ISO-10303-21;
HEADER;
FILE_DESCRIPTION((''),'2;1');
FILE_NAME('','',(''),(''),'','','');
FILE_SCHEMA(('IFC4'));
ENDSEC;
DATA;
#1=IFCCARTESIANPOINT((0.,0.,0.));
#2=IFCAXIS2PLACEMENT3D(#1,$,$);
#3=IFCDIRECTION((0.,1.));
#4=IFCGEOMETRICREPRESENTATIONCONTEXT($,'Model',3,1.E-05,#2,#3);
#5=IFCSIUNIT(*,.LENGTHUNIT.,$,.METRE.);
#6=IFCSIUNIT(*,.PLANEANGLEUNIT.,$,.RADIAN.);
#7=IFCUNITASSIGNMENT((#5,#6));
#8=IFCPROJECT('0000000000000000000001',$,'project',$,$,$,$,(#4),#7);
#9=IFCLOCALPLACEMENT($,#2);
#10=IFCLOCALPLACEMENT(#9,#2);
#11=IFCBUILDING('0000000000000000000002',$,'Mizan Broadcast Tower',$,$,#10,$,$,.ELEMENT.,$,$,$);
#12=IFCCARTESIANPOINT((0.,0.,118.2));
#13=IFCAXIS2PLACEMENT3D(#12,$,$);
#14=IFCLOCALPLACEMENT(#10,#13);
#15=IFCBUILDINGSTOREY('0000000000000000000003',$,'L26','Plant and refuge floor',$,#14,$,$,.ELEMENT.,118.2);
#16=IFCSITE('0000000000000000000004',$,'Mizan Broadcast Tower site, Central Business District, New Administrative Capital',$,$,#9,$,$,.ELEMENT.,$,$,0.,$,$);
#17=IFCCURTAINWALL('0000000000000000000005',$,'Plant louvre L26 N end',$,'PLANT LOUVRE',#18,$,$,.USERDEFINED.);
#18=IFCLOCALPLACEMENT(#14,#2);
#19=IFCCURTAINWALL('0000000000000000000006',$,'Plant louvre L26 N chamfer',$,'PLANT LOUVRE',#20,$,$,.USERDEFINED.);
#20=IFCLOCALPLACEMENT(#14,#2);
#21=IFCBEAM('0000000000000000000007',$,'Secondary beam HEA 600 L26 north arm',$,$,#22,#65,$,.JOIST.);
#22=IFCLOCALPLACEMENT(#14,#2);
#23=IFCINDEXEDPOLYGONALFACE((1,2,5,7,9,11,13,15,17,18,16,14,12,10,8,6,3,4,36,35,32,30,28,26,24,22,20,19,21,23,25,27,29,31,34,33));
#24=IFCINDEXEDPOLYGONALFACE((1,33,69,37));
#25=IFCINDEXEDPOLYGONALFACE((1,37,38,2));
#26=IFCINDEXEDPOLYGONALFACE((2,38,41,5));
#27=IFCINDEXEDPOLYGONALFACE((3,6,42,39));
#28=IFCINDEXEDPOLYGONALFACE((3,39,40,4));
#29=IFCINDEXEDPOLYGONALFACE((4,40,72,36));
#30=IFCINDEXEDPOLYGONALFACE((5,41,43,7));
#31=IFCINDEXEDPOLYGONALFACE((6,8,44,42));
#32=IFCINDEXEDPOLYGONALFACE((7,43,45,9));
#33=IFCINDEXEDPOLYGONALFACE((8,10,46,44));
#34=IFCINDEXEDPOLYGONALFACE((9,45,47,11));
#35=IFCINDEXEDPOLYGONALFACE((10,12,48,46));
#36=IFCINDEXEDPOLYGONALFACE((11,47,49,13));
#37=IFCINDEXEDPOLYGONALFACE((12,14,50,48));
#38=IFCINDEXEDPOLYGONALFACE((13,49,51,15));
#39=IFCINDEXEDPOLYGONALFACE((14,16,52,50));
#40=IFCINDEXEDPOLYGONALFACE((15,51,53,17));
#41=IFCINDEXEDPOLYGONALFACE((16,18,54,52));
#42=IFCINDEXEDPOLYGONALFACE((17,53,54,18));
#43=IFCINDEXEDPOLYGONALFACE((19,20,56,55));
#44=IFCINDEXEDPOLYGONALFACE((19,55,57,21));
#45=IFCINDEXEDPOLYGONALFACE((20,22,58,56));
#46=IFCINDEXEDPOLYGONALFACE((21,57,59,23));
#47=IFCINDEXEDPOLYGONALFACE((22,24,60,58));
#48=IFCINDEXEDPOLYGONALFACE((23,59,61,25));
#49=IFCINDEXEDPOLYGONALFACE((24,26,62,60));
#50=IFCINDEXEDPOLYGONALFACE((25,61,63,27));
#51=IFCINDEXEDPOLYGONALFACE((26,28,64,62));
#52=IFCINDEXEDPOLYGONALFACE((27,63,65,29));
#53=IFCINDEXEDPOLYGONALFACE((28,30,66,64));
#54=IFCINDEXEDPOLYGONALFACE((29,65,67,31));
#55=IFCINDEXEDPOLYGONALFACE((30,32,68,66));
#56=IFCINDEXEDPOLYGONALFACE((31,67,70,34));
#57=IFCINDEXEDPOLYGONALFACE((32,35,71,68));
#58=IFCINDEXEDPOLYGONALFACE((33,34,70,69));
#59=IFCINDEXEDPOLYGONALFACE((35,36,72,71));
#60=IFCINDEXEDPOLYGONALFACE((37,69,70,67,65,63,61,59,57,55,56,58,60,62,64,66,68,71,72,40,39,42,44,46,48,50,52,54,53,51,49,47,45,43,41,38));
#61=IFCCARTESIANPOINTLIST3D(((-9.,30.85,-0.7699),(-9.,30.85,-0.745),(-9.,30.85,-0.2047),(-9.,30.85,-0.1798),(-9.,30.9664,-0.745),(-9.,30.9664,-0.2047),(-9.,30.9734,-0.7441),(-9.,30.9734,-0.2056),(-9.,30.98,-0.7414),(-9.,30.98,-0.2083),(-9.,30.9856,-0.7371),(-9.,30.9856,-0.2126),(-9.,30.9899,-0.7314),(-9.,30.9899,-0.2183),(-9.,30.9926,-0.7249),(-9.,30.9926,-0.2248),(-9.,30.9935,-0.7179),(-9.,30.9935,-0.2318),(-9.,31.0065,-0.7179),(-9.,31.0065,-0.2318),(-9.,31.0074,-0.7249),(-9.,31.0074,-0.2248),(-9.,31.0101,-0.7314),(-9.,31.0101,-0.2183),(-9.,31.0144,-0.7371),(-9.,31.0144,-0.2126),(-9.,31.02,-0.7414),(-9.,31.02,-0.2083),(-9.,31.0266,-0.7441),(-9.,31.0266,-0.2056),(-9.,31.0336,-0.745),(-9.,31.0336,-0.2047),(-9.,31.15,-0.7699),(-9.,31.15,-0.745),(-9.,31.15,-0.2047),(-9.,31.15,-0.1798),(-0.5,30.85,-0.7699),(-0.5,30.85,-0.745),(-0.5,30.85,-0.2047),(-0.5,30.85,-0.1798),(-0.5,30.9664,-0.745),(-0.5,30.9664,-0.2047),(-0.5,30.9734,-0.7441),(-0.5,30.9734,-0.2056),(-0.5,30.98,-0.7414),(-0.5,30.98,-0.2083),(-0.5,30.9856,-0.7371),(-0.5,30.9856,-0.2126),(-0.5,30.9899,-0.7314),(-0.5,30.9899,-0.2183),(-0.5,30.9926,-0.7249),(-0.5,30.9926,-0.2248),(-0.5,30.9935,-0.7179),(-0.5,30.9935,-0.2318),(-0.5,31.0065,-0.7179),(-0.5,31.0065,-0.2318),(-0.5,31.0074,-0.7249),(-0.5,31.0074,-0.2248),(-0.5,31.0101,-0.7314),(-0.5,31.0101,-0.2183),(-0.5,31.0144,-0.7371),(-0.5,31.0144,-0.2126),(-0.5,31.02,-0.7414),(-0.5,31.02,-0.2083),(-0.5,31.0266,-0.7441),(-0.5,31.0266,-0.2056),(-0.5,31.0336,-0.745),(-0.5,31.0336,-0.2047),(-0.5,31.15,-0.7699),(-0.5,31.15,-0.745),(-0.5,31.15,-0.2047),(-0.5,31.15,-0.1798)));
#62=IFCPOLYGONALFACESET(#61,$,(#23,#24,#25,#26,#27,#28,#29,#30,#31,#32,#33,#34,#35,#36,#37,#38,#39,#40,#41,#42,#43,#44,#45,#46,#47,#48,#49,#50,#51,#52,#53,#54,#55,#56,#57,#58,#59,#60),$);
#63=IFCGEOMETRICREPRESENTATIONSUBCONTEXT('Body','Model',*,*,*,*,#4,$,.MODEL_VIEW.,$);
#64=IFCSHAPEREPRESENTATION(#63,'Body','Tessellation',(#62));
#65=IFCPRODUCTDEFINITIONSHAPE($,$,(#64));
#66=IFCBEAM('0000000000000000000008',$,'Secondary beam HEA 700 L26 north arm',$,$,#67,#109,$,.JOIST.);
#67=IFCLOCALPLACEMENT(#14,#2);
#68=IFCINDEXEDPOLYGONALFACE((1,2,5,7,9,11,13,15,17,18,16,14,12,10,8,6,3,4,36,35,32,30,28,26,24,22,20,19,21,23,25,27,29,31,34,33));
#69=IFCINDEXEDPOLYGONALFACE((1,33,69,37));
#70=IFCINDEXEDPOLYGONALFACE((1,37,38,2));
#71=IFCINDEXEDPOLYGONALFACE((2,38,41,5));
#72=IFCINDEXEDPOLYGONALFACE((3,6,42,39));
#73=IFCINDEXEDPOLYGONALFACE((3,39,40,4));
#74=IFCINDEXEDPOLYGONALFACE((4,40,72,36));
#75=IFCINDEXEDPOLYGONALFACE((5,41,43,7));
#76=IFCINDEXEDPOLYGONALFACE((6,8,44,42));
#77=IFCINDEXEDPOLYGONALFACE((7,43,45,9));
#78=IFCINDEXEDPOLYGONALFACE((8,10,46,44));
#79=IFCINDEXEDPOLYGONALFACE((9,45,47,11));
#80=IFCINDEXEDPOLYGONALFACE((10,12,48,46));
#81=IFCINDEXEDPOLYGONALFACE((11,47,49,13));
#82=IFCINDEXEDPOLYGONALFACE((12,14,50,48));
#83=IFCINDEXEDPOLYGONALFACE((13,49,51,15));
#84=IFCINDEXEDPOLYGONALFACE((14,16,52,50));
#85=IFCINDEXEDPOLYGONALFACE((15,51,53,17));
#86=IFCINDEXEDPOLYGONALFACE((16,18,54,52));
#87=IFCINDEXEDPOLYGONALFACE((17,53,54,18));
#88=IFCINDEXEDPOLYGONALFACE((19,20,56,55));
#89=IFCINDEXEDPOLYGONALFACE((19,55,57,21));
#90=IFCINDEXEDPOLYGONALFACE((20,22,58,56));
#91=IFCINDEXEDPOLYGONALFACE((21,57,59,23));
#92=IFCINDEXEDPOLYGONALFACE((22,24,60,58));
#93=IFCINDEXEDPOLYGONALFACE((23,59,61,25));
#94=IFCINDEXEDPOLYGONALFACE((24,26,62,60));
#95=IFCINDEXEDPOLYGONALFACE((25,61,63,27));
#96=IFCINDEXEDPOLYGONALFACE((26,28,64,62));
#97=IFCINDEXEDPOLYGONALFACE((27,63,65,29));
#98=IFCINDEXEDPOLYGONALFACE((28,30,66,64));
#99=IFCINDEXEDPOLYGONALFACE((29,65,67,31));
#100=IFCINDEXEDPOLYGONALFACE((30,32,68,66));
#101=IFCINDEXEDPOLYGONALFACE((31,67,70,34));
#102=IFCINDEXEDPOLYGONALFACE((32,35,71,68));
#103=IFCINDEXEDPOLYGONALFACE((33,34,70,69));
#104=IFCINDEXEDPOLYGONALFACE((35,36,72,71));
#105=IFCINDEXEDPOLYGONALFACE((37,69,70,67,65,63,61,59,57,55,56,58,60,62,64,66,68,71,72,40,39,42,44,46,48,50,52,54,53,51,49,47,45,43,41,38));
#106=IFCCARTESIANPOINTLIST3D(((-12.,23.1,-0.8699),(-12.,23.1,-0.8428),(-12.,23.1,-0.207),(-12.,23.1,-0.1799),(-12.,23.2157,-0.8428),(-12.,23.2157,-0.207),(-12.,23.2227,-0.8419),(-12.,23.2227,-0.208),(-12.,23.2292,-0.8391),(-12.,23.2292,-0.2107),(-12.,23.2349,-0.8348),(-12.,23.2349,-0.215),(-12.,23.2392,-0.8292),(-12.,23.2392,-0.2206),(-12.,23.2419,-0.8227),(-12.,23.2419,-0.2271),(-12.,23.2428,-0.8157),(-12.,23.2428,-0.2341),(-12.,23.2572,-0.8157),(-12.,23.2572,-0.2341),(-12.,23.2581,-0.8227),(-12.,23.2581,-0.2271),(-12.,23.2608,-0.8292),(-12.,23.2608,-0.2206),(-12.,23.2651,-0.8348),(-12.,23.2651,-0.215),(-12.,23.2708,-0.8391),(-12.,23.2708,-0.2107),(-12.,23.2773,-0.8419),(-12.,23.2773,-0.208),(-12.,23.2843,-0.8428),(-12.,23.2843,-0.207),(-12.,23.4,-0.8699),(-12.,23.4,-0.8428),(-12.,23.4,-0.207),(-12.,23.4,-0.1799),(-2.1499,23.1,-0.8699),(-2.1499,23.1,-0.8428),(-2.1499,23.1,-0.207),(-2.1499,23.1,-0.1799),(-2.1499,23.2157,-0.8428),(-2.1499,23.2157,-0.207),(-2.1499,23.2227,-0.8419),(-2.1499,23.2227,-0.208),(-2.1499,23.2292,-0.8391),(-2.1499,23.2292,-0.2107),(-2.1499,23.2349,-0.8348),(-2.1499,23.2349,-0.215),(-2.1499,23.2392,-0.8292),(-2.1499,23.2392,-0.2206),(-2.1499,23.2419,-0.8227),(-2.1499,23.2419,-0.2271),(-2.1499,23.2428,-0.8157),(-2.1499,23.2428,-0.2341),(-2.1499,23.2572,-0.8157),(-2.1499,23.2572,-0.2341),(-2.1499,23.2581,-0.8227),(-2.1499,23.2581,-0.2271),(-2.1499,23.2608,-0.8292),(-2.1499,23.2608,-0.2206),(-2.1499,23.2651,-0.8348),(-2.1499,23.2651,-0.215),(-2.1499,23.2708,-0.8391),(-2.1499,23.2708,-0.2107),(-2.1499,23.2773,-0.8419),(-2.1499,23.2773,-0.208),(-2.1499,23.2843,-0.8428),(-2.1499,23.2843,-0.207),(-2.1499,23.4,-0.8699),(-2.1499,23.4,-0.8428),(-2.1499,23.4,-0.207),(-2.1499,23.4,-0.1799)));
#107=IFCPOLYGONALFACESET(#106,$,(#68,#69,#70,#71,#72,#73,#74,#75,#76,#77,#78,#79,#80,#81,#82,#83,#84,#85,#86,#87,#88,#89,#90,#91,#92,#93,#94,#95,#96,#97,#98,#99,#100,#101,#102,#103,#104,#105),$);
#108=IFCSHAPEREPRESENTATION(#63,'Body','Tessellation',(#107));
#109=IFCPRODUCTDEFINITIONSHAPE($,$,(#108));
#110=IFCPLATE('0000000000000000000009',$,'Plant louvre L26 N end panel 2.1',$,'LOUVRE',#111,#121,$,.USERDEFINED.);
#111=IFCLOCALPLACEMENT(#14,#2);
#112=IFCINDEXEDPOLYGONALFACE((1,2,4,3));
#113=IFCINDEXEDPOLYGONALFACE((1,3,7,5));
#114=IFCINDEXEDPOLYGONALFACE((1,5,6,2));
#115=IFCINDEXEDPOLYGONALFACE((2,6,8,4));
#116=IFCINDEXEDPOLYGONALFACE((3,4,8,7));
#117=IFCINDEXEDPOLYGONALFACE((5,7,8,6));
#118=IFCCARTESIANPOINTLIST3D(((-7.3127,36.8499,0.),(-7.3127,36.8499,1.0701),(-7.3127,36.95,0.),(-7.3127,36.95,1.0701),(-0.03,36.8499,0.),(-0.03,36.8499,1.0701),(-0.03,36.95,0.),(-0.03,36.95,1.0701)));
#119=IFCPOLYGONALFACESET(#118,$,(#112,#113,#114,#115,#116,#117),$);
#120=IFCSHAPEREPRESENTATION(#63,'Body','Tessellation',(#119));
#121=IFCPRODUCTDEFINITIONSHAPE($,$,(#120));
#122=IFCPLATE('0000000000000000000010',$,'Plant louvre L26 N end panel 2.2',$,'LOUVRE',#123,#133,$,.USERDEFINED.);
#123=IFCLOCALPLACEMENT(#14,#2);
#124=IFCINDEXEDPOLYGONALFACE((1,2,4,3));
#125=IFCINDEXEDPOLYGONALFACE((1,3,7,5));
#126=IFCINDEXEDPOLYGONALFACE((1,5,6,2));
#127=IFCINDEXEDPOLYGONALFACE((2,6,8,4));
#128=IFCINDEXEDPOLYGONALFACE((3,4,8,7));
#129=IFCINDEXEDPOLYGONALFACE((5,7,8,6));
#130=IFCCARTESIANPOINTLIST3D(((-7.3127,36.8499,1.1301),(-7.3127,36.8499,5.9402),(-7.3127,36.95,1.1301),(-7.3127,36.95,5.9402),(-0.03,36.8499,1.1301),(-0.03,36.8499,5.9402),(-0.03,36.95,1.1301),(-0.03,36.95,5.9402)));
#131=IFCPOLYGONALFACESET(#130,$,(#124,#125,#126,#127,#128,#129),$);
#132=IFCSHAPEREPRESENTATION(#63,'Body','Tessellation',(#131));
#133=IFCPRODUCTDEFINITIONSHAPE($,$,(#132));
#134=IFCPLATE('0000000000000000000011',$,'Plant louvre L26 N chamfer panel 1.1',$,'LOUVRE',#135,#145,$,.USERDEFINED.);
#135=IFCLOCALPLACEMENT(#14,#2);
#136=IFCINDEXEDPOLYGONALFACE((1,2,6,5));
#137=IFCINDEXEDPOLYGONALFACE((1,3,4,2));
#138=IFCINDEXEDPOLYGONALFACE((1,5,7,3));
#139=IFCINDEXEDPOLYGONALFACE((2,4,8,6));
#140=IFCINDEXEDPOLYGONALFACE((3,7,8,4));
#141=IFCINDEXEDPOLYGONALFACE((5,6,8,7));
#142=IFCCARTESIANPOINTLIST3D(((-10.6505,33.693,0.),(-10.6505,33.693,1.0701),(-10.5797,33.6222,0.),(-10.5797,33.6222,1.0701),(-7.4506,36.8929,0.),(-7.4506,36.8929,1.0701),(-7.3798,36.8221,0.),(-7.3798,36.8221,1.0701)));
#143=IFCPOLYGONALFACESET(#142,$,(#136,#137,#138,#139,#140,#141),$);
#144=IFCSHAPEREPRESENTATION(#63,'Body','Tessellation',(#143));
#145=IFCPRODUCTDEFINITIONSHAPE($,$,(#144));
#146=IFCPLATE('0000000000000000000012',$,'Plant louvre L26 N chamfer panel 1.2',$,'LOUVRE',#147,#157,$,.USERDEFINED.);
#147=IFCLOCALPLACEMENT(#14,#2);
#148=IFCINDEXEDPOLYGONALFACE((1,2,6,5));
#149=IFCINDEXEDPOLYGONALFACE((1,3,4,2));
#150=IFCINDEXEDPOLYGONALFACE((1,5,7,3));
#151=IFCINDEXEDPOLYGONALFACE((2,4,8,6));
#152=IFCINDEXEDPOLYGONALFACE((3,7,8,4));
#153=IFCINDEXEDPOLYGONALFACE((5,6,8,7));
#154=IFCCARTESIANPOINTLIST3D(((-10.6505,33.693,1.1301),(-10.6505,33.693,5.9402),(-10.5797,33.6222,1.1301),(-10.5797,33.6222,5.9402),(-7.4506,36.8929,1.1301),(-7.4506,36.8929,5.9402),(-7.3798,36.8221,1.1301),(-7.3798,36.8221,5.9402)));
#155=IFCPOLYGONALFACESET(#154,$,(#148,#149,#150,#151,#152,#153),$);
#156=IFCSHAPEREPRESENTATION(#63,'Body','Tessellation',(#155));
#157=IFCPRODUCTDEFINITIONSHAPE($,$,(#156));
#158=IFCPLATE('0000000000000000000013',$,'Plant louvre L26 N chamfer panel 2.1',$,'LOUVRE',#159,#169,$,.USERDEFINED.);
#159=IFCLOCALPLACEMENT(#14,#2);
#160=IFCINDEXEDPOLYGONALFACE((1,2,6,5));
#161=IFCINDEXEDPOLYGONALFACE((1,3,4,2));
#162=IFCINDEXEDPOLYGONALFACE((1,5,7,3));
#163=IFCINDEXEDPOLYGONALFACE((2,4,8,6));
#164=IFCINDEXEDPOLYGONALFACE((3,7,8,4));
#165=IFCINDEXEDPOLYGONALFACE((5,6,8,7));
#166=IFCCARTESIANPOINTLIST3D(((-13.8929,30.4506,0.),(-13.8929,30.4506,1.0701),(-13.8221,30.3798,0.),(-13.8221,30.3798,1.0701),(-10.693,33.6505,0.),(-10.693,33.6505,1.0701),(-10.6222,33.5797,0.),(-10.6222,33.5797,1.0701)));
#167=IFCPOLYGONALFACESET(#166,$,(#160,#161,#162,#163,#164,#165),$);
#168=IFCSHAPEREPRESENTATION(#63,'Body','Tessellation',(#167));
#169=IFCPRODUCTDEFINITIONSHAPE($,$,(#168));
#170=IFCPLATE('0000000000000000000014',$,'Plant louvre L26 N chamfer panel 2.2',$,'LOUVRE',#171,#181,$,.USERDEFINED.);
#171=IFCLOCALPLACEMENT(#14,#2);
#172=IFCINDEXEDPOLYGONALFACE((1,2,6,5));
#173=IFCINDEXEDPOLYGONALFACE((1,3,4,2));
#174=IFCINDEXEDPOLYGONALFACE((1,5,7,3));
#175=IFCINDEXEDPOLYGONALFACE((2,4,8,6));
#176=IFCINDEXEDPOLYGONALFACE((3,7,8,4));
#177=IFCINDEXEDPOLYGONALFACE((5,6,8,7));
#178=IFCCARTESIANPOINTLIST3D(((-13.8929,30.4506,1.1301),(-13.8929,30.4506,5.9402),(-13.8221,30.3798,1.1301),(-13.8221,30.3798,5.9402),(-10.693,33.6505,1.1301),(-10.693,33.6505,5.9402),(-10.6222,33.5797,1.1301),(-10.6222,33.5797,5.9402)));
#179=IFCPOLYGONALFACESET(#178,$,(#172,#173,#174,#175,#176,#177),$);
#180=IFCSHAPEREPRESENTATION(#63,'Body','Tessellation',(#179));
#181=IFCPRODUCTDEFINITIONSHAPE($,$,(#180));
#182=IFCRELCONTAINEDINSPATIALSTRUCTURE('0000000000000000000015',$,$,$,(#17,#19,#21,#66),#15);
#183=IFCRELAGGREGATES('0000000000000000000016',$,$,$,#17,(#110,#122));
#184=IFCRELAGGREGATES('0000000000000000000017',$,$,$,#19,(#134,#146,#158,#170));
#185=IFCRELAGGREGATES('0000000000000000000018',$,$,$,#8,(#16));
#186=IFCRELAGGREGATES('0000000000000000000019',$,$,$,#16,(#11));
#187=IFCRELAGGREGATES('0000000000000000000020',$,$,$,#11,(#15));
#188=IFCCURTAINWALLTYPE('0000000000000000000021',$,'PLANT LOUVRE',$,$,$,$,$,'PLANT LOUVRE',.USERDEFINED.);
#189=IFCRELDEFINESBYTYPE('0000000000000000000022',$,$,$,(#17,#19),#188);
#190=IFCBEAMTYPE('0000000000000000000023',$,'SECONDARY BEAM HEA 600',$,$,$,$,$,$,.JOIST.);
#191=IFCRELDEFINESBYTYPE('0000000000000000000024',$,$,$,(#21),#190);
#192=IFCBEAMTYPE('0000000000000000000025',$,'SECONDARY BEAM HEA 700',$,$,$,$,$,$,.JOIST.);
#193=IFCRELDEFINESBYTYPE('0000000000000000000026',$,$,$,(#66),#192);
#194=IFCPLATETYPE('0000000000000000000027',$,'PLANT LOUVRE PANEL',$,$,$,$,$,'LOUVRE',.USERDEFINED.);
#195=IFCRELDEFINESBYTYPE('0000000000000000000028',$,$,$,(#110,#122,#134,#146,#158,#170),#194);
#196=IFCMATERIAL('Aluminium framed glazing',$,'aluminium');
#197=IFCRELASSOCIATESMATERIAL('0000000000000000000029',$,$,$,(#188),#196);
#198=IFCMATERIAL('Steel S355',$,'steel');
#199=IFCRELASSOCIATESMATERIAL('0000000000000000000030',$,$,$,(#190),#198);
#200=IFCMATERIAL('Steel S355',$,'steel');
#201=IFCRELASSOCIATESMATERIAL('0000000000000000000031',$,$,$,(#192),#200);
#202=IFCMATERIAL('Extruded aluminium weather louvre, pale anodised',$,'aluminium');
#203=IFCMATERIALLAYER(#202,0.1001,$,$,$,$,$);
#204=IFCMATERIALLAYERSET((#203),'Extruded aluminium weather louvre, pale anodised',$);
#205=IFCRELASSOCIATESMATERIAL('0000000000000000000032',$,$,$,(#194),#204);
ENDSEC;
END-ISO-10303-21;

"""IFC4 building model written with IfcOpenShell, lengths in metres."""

from ifc_helpers import new_model, si_unit, direction, frame, origin, origin_2d, place, context, subcontext, project, spatial, rectangle, i_section, extrude, material, layer, layer_set, material_profile, profile_set, type_object, element, aggregate, save


model = new_model("IFC4")

# Units and contexts
model_context = context("Model", 3, precision=1e-05, world=origin(), true_north=direction((0.0, 1.0)))
body_context = subcontext(model_context, "Body", "Model", "MODEL_VIEW")
ifc_project = project(units=[si_unit("LENGTHUNIT", "METRE"), si_unit("PLANEANGLEUNIT", "RADIAN")], contexts=[model_context])

# Site, building, storey
site_placement = place(None, origin())
site = spatial("IfcSite", under=ifc_project, at=site_placement, Name="Mizan Broadcast Tower site, Central Business District, New Administrative Capital", CompositionType="ELEMENT", RefElevation=0.0)
building_placement = place(site_placement, origin())
building = spatial("IfcBuilding", under=site, at=building_placement, Name="Mizan Broadcast Tower", CompositionType="ELEMENT")
storey_placement = place(building_placement, frame((0.0, 0.0, 118.2)))
storey = spatial("IfcBuildingStorey", under=building, at=storey_placement, Name="L26", Description="Plant and refuge floor", CompositionType="ELEMENT", Elevation=118.2)

# Curtain wall
ifc_material_1 = material(Name="Aluminium framed glazing", Category="aluminium")
curtain_wall_type = type_object("IfcCurtainWallType", Name="PLANT LOUVRE", ElementType="PLANT LOUVRE", PredefinedType="USERDEFINED", material=ifc_material_1)
curtain_wall_1_placement = place(storey_placement, origin())
curtain_wall_1 = element("IfcCurtainWall", 1, at=curtain_wall_1_placement, inside=storey, type_object=curtain_wall_type, Name="Plant louvre L26 N end", ObjectType="PLANT LOUVRE", PredefinedType="USERDEFINED")

# Curtain wall
curtain_wall_2_placement = place(storey_placement, origin())
curtain_wall_2 = element("IfcCurtainWall", 2, at=curtain_wall_2_placement, inside=storey, type_object=curtain_wall_type, Name="Plant louvre L26 N chamfer", ObjectType="PLANT LOUVRE", PredefinedType="USERDEFINED")

# Beams
ifc_material_2 = material(Name="Steel S355", Category="steel")
ifc_material_profile_1 = material_profile(ifc_material_2, i_section(OverallWidth=0.3, OverallDepth=0.5901, WebThickness=0.0129, FlangeThickness=0.0249, FilletRadius=0.0271, at=origin_2d()), Name="HEA 600")
ifc_profile_set_1 = profile_set([ifc_material_profile_1], Name="Steel S355")
beam_type_1 = type_object("IfcBeamType", Name="SECONDARY BEAM HEA 600", PredefinedType="JOIST", material=ifc_profile_set_1)
beam_1_placement = place(storey_placement, frame((-9.0, 31.0, -0.4749), z_axis=(1.0, 0.0, 0.0), x_axis=(0.0, 1.0, 0.0)))
element("IfcBeam", 3, at=beam_1_placement, inside=storey, type_object=beam_type_1, Name="Secondary beam HEA 600 L26 north arm", PredefinedType="JOIST", context=body_context, shape_type="SweptSolid", body=[
    extrude(i_section(OverallWidth=0.3, OverallDepth=0.5901, WebThickness=0.0129, FlangeThickness=0.0249, FilletRadius=0.0271, at=origin_2d()), origin(), (0.0, 0.0, 1.0), 8.5),
])
ifc_material_3 = material(Name="Steel S355", Category="steel")
ifc_material_profile_2 = material_profile(ifc_material_3, i_section(OverallWidth=0.3, OverallDepth=0.6899, WebThickness=0.0144, FlangeThickness=0.0271, FilletRadius=0.0271, at=origin_2d()), Name="HEA 700")
ifc_profile_set_2 = profile_set([ifc_material_profile_2], Name="Steel S355")
beam_type_2 = type_object("IfcBeamType", Name="SECONDARY BEAM HEA 700", PredefinedType="JOIST", material=ifc_profile_set_2)
beam_2_placement = place(storey_placement, frame((-12.0, 23.25, -0.5249), z_axis=(1.0, 0.0, 0.0), x_axis=(0.0, 1.0, 0.0)))
element("IfcBeam", 4, at=beam_2_placement, inside=storey, type_object=beam_type_2, Name="Secondary beam HEA 700 L26 north arm", PredefinedType="JOIST", context=body_context, shape_type="SweptSolid", body=[
    extrude(i_section(OverallWidth=0.3, OverallDepth=0.6899, WebThickness=0.0144, FlangeThickness=0.0271, FilletRadius=0.0271, at=origin_2d()), origin(), (0.0, 0.0, 1.0), 9.8501),
])

# Plates
ifc_material_4 = material(Name="Extruded aluminium weather louvre, pale anodised", Category="aluminium")
ifc_layer = layer(ifc_material_4, 0.1001)
ifc_layer_set = layer_set([ifc_layer], Name="Extruded aluminium weather louvre, pale anodised")
plate_type = type_object("IfcPlateType", Name="PLANT LOUVRE PANEL", ElementType="LOUVRE", PredefinedType="USERDEFINED", material=ifc_layer_set)
plate_1_placement = place(storey_placement, frame((-3.6714, 36.8999, 0.0), z_axis=(0.0, 0.0, 1.0), x_axis=(-1.0, 0.0, 0.0)))
plate_1 = element("IfcPlate", 5, at=plate_1_placement, type_object=plate_type, Name="Plant louvre L26 N end panel 2.1", ObjectType="LOUVRE", PredefinedType="USERDEFINED", context=body_context, shape_type="SweptSolid", body=[
    extrude(rectangle(XDim=7.2827, YDim=0.1001, at=origin_2d()), origin(), (0.0, 0.0, 1.0), 1.0701),
])
plate_2_placement = place(storey_placement, frame((-3.6714, 36.8999, 1.1301), z_axis=(0.0, 0.0, 1.0), x_axis=(-1.0, 0.0, 0.0)))
plate_2 = element("IfcPlate", 6, at=plate_2_placement, type_object=plate_type, Name="Plant louvre L26 N end panel 2.2", ObjectType="LOUVRE", PredefinedType="USERDEFINED", context=body_context, shape_type="SweptSolid", body=[
    extrude(rectangle(XDim=7.2827, YDim=0.1001, at=origin_2d()), origin(), (0.0, 0.0, 1.0), 4.8101),
])
aggregate(curtain_wall_1, [plate_1, plate_2])
plate_3_placement = place(storey_placement, frame((-9.0151, 35.2576, 0.0), z_axis=(0.0, 0.0, 1.0), x_axis=(-0.707107, -0.707107, 0.0)))
plate_3 = element("IfcPlate", 7, at=plate_3_placement, type_object=plate_type, Name="Plant louvre L26 N chamfer panel 1.1", ObjectType="LOUVRE", PredefinedType="USERDEFINED", context=body_context, shape_type="SweptSolid", body=[
    extrude(rectangle(XDim=4.5254, YDim=0.1001, at=origin_2d()), origin(), (0.0, 0.0, 1.0), 1.0701),
])
plate_4_placement = place(storey_placement, frame((-9.0151, 35.2576, 1.1301), z_axis=(0.0, 0.0, 1.0), x_axis=(-0.707107, -0.707107, 0.0)))
plate_4 = element("IfcPlate", 8, at=plate_4_placement, type_object=plate_type, Name="Plant louvre L26 N chamfer panel 1.2", ObjectType="LOUVRE", PredefinedType="USERDEFINED", context=body_context, shape_type="SweptSolid", body=[
    extrude(rectangle(XDim=4.5254, YDim=0.1001, at=origin_2d()), origin(), (0.0, 0.0, 1.0), 4.8101),
])
plate_5_placement = place(storey_placement, frame((-12.2576, 32.0151, 0.0), z_axis=(0.0, 0.0, 1.0), x_axis=(-0.707107, -0.707107, 0.0)))
plate_5 = element("IfcPlate", 9, at=plate_5_placement, type_object=plate_type, Name="Plant louvre L26 N chamfer panel 2.1", ObjectType="LOUVRE", PredefinedType="USERDEFINED", context=body_context, shape_type="SweptSolid", body=[
    extrude(rectangle(XDim=4.5254, YDim=0.1001, at=origin_2d()), origin(), (0.0, 0.0, 1.0), 1.0701),
])
plate_6_placement = place(storey_placement, frame((-12.2576, 32.0151, 1.1301), z_axis=(0.0, 0.0, 1.0), x_axis=(-0.707107, -0.707107, 0.0)))
plate_6 = element("IfcPlate", 10, at=plate_6_placement, type_object=plate_type, Name="Plant louvre L26 N chamfer panel 2.2", ObjectType="LOUVRE", PredefinedType="USERDEFINED", context=body_context, shape_type="SweptSolid", body=[
    extrude(rectangle(XDim=4.5254, YDim=0.1001, at=origin_2d()), origin(), (0.0, 0.0, 1.0), 4.8101),
])
aggregate(curtain_wall_2, [plate_3, plate_4, plate_5, plate_6])

save(model, "model.ifc")
